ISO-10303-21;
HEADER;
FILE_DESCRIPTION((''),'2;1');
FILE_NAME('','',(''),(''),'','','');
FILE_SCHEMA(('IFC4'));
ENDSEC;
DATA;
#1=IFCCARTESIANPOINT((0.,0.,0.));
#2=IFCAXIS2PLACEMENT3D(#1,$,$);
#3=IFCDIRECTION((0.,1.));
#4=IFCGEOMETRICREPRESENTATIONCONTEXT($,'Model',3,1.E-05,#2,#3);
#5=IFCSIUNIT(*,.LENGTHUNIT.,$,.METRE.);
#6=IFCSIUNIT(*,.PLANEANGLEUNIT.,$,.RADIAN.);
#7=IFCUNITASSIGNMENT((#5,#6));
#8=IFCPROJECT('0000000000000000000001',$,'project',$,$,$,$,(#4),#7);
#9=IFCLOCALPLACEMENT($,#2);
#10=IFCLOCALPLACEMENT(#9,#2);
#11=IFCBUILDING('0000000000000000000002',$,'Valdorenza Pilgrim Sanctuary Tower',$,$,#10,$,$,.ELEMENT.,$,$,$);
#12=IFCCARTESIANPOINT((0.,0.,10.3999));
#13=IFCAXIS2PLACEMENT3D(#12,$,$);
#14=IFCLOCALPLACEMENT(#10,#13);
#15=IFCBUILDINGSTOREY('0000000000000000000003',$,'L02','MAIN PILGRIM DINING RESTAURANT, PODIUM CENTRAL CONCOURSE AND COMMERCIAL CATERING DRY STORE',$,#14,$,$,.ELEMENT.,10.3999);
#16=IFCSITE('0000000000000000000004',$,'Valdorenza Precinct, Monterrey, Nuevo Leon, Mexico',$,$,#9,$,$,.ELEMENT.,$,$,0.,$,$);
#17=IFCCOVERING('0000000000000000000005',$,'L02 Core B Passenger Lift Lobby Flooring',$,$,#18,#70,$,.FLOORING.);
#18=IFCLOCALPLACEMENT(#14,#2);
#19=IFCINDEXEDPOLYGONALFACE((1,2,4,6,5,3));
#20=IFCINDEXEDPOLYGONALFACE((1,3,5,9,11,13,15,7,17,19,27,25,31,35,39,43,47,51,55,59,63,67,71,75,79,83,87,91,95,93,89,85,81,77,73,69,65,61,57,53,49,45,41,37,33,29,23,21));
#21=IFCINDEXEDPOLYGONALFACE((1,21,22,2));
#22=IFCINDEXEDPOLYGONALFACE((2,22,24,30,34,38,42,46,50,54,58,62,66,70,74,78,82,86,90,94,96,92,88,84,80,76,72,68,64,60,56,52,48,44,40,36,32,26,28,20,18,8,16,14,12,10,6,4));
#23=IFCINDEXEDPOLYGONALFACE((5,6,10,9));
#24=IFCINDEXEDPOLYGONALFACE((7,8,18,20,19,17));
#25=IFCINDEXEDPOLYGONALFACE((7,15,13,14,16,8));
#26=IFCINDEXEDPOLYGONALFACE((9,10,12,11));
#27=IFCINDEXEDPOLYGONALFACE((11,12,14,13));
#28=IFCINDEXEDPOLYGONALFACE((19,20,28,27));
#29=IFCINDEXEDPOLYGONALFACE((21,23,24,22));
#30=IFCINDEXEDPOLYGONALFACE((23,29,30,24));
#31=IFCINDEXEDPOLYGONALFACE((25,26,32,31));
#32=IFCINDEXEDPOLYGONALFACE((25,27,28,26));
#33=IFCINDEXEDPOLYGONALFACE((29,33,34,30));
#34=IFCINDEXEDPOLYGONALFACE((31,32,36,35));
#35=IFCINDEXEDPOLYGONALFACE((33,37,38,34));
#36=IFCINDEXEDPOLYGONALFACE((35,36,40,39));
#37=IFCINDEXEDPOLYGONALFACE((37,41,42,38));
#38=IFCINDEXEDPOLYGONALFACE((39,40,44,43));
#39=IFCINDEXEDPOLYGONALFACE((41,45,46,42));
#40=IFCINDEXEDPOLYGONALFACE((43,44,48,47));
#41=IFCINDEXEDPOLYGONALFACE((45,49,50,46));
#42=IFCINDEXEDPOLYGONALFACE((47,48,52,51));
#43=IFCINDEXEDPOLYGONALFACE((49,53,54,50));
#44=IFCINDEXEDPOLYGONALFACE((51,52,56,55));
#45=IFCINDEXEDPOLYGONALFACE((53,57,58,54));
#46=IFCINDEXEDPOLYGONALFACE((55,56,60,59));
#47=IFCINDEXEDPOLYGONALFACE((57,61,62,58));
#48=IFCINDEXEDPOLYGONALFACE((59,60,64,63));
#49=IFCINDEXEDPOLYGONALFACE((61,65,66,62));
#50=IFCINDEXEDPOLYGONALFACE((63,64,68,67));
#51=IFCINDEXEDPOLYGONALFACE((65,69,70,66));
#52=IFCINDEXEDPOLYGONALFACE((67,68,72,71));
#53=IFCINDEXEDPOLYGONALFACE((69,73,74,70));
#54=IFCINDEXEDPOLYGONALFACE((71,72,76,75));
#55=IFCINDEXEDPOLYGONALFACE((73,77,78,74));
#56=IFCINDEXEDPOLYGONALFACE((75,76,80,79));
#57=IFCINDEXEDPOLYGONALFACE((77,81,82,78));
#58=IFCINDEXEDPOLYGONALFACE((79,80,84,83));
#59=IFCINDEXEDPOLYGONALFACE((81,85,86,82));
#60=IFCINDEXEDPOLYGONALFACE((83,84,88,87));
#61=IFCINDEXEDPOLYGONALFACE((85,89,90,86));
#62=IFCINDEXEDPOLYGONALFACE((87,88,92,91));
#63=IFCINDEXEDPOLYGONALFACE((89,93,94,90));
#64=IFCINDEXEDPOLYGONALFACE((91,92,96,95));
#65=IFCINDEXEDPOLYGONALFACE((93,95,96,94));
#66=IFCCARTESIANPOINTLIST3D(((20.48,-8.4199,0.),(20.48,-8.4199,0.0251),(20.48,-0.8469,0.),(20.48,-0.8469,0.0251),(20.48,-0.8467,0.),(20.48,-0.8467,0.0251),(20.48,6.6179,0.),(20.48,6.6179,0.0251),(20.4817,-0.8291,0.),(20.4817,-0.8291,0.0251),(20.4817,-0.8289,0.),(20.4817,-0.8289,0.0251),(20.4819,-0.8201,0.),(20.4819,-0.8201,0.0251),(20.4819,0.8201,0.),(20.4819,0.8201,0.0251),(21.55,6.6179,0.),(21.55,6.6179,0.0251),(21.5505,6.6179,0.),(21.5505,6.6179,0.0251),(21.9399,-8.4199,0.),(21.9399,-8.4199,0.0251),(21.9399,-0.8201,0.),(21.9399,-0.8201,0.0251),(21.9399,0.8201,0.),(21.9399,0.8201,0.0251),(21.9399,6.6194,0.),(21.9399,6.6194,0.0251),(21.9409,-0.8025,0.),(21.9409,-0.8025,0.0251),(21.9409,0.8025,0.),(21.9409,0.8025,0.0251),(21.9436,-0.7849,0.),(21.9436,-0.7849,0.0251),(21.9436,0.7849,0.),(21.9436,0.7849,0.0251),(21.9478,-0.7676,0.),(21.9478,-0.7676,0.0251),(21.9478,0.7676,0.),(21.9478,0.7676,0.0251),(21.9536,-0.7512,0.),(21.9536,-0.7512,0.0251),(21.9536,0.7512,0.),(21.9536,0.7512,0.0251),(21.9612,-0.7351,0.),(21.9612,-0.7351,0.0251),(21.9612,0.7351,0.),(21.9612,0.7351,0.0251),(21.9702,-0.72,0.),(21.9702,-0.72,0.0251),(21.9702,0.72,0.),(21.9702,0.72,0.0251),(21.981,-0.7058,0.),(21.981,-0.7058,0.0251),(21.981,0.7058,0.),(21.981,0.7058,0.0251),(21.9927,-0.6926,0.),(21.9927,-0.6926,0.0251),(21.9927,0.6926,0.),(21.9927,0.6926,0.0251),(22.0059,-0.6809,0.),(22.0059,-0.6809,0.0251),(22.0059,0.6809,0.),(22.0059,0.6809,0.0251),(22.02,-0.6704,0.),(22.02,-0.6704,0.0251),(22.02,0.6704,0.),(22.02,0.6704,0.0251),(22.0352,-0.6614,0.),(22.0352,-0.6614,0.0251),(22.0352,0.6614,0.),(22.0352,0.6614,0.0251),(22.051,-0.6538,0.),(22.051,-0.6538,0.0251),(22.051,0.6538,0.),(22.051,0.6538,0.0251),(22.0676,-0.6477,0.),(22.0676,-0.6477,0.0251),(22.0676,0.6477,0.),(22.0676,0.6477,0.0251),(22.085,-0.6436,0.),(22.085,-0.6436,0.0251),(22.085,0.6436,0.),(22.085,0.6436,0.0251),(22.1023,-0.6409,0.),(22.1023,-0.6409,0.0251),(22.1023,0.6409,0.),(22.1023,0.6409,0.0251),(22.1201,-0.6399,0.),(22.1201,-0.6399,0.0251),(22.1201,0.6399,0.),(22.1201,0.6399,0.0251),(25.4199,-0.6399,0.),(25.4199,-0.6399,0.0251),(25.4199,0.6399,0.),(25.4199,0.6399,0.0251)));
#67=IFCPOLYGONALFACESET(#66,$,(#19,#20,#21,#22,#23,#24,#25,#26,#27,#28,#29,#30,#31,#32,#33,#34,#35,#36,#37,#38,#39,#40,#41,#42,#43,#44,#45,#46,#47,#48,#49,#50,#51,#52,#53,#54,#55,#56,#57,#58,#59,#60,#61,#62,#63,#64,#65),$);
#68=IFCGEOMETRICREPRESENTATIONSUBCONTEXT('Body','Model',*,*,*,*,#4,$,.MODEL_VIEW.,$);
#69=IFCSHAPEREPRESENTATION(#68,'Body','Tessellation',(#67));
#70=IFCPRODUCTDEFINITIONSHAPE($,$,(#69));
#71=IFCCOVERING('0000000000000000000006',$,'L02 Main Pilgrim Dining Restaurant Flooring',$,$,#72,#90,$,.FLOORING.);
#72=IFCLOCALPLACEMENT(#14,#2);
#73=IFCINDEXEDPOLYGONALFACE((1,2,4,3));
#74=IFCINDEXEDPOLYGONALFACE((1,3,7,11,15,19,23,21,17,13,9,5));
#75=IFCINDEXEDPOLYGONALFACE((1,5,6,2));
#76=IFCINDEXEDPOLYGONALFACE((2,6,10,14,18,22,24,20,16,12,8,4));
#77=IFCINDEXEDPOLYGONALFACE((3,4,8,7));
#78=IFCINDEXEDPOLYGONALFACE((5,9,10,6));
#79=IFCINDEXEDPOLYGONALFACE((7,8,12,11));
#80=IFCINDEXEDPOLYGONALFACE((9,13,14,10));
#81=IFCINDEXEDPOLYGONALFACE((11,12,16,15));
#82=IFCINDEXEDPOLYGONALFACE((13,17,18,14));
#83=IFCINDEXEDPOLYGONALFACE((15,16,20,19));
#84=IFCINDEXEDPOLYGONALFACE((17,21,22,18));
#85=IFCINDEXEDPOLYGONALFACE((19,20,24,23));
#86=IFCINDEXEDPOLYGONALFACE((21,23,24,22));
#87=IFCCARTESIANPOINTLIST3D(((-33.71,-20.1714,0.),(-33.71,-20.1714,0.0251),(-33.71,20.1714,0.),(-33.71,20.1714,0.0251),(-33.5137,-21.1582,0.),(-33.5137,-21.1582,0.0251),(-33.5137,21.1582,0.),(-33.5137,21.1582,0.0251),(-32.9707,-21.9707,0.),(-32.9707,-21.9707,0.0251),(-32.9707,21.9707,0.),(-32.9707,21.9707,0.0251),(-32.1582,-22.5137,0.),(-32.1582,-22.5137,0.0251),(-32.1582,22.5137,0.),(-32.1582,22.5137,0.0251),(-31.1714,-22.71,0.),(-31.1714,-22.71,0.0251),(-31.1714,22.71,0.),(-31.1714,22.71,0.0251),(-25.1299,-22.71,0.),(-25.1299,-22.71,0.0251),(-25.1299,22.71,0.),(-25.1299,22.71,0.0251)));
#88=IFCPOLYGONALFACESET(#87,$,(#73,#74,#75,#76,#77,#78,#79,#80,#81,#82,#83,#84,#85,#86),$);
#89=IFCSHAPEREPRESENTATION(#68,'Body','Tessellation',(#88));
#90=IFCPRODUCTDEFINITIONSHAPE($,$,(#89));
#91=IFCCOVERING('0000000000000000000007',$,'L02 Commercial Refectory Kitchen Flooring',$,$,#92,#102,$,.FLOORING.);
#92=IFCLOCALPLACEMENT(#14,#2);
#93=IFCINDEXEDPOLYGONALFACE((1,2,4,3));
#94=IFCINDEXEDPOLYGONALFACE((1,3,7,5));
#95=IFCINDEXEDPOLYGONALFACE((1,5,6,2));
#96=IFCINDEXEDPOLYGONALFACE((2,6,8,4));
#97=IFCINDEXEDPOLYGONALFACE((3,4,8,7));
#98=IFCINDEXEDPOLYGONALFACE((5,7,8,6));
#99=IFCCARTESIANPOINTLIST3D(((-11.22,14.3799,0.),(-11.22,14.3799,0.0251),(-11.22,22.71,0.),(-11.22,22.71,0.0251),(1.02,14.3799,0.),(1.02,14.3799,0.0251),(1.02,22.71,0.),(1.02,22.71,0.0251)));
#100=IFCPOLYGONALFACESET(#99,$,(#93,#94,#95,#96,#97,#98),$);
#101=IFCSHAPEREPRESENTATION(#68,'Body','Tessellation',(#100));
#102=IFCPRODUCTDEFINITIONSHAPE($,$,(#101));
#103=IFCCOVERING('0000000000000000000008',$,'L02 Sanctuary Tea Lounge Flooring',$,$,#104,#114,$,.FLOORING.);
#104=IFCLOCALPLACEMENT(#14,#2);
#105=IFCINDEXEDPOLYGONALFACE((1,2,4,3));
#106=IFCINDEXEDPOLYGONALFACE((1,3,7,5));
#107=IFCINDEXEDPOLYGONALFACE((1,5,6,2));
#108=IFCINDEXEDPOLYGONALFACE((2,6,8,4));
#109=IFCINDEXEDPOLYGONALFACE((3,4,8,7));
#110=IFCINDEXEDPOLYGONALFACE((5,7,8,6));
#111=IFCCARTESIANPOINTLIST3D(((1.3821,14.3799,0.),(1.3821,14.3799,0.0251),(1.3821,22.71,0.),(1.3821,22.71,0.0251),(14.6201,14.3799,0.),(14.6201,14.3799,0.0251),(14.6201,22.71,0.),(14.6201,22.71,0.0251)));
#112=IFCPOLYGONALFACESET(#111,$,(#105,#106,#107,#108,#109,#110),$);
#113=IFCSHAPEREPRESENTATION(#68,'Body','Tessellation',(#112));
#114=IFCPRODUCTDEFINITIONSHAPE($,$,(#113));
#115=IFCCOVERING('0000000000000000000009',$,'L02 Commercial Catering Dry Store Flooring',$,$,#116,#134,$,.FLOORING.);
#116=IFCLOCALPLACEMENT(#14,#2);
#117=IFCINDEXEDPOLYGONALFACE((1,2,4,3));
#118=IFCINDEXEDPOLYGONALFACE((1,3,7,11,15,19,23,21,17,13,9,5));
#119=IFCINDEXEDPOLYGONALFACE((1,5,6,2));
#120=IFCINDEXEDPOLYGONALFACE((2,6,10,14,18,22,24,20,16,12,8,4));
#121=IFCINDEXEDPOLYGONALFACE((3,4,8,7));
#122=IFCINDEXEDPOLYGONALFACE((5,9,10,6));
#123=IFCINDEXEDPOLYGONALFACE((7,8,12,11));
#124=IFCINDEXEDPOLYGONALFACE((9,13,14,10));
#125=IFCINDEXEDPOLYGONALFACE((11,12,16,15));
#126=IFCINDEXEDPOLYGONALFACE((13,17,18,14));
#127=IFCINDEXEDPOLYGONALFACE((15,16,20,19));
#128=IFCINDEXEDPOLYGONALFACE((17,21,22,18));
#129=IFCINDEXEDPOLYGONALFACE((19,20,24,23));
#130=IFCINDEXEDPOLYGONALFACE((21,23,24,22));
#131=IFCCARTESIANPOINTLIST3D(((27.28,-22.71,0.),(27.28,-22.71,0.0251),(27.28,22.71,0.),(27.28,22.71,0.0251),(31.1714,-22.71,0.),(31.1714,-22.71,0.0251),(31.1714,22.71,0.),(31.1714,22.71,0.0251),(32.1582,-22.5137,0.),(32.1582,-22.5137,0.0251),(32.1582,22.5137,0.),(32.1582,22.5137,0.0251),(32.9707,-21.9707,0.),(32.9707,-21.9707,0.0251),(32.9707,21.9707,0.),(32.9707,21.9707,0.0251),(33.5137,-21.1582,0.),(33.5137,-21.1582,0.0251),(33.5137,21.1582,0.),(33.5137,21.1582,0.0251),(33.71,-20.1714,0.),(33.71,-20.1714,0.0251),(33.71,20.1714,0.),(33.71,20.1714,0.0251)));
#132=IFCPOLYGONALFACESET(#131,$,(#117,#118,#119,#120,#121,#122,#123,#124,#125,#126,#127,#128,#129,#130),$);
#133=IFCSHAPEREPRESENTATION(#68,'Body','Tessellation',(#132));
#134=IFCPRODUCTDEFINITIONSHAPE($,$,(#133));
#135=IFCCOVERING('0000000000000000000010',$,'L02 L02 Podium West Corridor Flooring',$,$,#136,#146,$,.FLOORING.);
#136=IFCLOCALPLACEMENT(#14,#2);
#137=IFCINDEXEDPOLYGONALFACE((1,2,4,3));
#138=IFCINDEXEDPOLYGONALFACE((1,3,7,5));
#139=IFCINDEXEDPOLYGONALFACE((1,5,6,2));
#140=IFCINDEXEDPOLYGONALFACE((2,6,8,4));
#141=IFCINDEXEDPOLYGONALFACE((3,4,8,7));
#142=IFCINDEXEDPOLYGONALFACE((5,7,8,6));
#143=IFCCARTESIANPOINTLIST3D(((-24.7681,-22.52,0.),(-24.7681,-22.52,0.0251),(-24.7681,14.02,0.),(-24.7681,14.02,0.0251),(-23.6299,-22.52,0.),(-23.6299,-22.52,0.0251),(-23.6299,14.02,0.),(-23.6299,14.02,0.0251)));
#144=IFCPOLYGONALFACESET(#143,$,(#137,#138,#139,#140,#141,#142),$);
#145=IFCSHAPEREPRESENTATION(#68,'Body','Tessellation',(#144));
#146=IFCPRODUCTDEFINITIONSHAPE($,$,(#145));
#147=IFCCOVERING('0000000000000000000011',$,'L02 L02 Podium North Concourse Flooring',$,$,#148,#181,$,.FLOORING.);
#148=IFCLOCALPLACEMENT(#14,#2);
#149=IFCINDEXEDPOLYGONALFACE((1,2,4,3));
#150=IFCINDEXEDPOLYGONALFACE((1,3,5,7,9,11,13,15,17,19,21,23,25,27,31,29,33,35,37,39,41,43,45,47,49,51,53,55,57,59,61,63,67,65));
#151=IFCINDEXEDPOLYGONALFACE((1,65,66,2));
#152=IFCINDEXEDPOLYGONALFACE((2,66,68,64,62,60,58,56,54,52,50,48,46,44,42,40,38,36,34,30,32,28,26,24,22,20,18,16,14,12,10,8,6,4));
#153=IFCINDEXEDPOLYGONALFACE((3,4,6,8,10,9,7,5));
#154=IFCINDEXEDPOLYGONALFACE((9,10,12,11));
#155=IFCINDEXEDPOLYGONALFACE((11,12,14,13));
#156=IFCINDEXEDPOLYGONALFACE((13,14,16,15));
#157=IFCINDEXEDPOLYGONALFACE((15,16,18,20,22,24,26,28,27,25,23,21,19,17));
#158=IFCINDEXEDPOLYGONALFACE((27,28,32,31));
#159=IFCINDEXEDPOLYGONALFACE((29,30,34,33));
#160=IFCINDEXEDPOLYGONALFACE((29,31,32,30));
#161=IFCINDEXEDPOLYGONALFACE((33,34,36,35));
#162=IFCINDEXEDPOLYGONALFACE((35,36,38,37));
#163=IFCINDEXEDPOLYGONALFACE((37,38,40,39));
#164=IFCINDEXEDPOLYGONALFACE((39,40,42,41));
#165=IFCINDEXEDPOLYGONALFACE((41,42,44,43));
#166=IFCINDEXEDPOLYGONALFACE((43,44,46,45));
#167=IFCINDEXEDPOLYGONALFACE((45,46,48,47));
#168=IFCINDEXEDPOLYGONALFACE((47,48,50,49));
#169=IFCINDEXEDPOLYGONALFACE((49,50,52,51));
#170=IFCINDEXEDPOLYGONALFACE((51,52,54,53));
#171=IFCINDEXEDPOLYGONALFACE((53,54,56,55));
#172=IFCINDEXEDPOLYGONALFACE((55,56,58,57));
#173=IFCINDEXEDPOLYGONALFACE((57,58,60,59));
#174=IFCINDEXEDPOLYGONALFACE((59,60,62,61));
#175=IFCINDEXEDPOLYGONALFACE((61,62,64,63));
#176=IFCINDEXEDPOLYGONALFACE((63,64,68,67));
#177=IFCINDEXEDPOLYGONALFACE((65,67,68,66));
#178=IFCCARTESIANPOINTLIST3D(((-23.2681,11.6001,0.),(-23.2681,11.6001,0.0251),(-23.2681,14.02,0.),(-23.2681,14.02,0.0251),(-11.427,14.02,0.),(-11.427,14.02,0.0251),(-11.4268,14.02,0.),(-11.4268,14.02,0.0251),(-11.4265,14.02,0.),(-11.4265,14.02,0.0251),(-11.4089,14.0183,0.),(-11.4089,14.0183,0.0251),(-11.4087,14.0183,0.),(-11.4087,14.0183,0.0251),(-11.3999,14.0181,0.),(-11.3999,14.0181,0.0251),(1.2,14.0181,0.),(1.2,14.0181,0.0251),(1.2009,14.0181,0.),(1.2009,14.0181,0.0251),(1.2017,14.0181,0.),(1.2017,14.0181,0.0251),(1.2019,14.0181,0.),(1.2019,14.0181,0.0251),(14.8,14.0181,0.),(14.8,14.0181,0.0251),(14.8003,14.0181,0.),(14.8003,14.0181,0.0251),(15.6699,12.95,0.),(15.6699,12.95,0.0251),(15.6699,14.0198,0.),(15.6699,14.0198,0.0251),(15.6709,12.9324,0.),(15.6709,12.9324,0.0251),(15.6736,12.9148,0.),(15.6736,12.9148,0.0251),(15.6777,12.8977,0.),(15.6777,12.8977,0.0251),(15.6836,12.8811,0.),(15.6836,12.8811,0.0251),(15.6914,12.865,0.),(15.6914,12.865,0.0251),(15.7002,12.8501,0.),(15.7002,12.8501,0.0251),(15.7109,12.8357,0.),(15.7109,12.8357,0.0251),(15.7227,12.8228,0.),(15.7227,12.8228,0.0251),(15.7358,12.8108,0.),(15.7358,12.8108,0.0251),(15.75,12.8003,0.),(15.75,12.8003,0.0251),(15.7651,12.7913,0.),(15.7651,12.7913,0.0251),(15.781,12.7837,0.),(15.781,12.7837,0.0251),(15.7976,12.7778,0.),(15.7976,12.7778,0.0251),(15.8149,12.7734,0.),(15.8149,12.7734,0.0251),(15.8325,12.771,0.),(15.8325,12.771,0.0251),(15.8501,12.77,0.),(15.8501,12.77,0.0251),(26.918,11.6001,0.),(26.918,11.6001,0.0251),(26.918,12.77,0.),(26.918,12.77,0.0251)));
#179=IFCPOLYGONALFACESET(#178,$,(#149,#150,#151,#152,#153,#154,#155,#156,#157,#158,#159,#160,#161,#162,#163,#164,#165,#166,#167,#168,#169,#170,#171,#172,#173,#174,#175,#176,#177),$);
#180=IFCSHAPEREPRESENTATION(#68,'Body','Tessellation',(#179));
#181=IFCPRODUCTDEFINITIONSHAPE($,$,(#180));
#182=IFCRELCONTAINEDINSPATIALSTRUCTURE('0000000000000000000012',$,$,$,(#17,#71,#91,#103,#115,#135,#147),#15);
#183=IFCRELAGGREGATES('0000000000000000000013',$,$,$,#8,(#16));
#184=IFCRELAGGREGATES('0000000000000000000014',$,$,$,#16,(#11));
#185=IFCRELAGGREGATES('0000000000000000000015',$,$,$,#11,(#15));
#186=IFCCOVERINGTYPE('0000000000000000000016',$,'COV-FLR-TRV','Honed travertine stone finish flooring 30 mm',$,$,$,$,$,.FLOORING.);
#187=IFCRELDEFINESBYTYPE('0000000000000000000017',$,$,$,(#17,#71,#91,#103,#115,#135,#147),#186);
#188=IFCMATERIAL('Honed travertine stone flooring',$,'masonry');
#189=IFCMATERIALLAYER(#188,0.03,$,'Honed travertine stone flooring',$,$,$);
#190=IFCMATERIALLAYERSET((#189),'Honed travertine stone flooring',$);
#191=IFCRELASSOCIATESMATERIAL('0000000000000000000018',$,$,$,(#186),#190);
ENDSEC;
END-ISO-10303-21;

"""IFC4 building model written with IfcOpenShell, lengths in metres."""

from ifc_helpers import new_model, si_unit, direction, frame, origin, place, context, subcontext, project, spatial, polyline, outline, extrude, material, layer, layer_set, type_object, element, save


model = new_model("IFC4")

# Units and contexts
model_context = context("Model", 3, precision=1e-05, world=origin(), true_north=direction((0.0, 1.0)))
body_context = subcontext(model_context, "Body", "Model", "MODEL_VIEW")
ifc_project = project(units=[si_unit("LENGTHUNIT", "METRE"), si_unit("PLANEANGLEUNIT", "RADIAN")], contexts=[model_context])

# Site, building, storey
site_placement = place(None, origin())
site = spatial("IfcSite", under=ifc_project, at=site_placement, Name="Valdorenza Precinct, Monterrey, Nuevo Leon, Mexico", CompositionType="ELEMENT", RefElevation=0.0)
building_placement = place(site_placement, origin())
building = spatial("IfcBuilding", under=site, at=building_placement, Name="Valdorenza Pilgrim Sanctuary Tower", CompositionType="ELEMENT")
storey_placement = place(building_placement, frame((0.0, 0.0, 10.3999)))
storey = spatial("IfcBuildingStorey", under=building, at=storey_placement, Name="L02", Description="MAIN PILGRIM DINING RESTAURANT, PODIUM CENTRAL CONCOURSE AND COMMERCIAL CATERING DRY STORE", CompositionType="ELEMENT", Elevation=10.3999)

# Coverings
ifc_material_1 = material(Name="Honed travertine stone flooring", Category="masonry")
ifc_layer_1 = layer(ifc_material_1, 0.03, Name="Honed travertine stone flooring")
ifc_layer_set_1 = layer_set([ifc_layer_1], Name="Honed travertine stone flooring")
covering_type_1 = type_object("IfcCoveringType", Name="COV-FLR-TRV", Description="Honed travertine stone finish flooring 30 mm", PredefinedType="FLOORING", material=ifc_layer_set_1)
covering_1_placement = place(storey_placement, origin())
element("IfcCovering", 1, at=covering_1_placement, inside=storey, type_object=covering_type_1, Name="L02 Core B Passenger Lift Lobby Flooring", PredefinedType="FLOORING", context=body_context, shape_type="SweptSolid", body=[
    extrude(outline(polyline([(20.48, 6.6179), (21.55, 6.6179), (21.5505, 6.6179), (21.9399, 6.6194), (21.9399, 0.8201), (21.9409, 0.8025), (21.9436, 0.7849), (21.9478, 0.7676), (21.9536, 0.7512), (21.9612, 0.7351), (21.9702, 0.72), (21.981, 0.7058), (21.9927, 0.6926), (22.0059, 0.6809), (22.02, 0.6704), (22.0352, 0.6614), (22.051, 0.6538), (22.0676, 0.6477), (22.085, 0.6436), (22.1023, 0.6409), (22.1201, 0.6399), (25.4199, 0.6399), (25.4199, -0.6399), (22.1201, -0.6399), (22.1023, -0.6409), (22.085, -0.6436), (22.0676, -0.6477), (22.051, -0.6538), (22.0352, -0.6614), (22.02, -0.6704), (22.0059, -0.6809), (21.9927, -0.6926), (21.981, -0.7058), (21.9702, -0.72), (21.9612, -0.7351), (21.9536, -0.7512), (21.9478, -0.7676), (21.9436, -0.7849), (21.9409, -0.8025), (21.9399, -0.8201), (21.9399, -8.4199), (20.48, -8.4199), (20.48, -0.8469), (20.48, -0.8467), (20.48, -0.8467), (20.4817, -0.8291), (20.4817, -0.8289), (20.4819, -0.8201), (20.4819, 0.8201), (20.48, 6.6179)])), origin(), (0.0, 0.0, 1.0), 0.0251),
])
covering_2_placement = place(storey_placement, origin())
element("IfcCovering", 2, at=covering_2_placement, inside=storey, type_object=covering_type_1, Name="L02 Main Pilgrim Dining Restaurant Flooring", PredefinedType="FLOORING", context=body_context, shape_type="SweptSolid", body=[
    extrude(outline(polyline([(-31.1714, -22.71), (-32.1582, -22.5137), (-32.9707, -21.9707), (-33.5137, -21.1582), (-33.71, -20.1714), (-33.71, 20.1714), (-33.5137, 21.1582), (-32.9707, 21.9707), (-32.1582, 22.5137), (-31.1714, 22.71), (-25.1299, 22.71), (-25.1299, -22.71), (-31.1714, -22.71)])), origin(), (0.0, 0.0, 1.0), 0.0251),
])
covering_3_placement = place(storey_placement, origin())
element("IfcCovering", 3, at=covering_3_placement, inside=storey, type_object=covering_type_1, Name="L02 Commercial Refectory Kitchen Flooring", PredefinedType="FLOORING", context=body_context, shape_type="SweptSolid", body=[
    extrude(outline(polyline([(-11.22, 14.3799), (-11.22, 22.71), (1.02, 22.71), (1.02, 14.3799), (-11.22, 14.3799)])), origin(), (0.0, 0.0, 1.0), 0.0251),
])
covering_4_placement = place(storey_placement, origin())
element("IfcCovering", 4, at=covering_4_placement, inside=storey, type_object=covering_type_1, Name="L02 Sanctuary Tea Lounge Flooring", PredefinedType="FLOORING", context=body_context, shape_type="SweptSolid", body=[
    extrude(outline(polyline([(1.3821, 14.3799), (1.3821, 22.71), (14.6201, 22.71), (14.6201, 14.3799), (1.3821, 14.3799)])), origin(), (0.0, 0.0, 1.0), 0.0251),
])
covering_5_placement = place(storey_placement, origin())
element("IfcCovering", 5, at=covering_5_placement, inside=storey, type_object=covering_type_1, Name="L02 Commercial Catering Dry Store Flooring", PredefinedType="FLOORING", context=body_context, shape_type="SweptSolid", body=[
    extrude(outline(polyline([(31.1714, 22.71), (32.1582, 22.5137), (32.9707, 21.9707), (33.5137, 21.1582), (33.71, 20.1714), (33.71, -20.1714), (33.5137, -21.1582), (32.9707, -21.9707), (32.1582, -22.5137), (31.1714, -22.71), (27.28, -22.71), (27.28, 22.71), (31.1714, 22.71)])), origin(), (0.0, 0.0, 1.0), 0.0251),
])
covering_6_placement = place(storey_placement, origin())
element("IfcCovering", 6, at=covering_6_placement, inside=storey, type_object=covering_type_1, Name="L02 L02 Podium West Corridor Flooring", PredefinedType="FLOORING", context=body_context, shape_type="SweptSolid", body=[
    extrude(outline(polyline([(-23.6299, 14.02), (-23.6299, -22.52), (-24.7681, -22.52), (-24.7681, 14.02), (-23.6299, 14.02)])), origin(), (0.0, 0.0, 1.0), 0.0251),
])
covering_7_placement = place(storey_placement, origin())
element("IfcCovering", 7, at=covering_7_placement, inside=storey, type_object=covering_type_1, Name="L02 L02 Podium North Concourse Flooring", PredefinedType="FLOORING", context=body_context, shape_type="SweptSolid", body=[
    extrude(outline(polyline([(-23.2681, 11.6001), (-23.2681, 14.02), (-11.427, 14.02), (-11.4268, 14.02), (-11.4265, 14.02), (-11.4089, 14.0183), (-11.4087, 14.0183), (-11.3999, 14.0181), (1.2, 14.0181), (1.2009, 14.0181), (1.2017, 14.0181), (1.2019, 14.0181), (14.8, 14.0181), (14.8003, 14.0181), (15.6699, 14.0198), (15.6699, 12.95), (15.6709, 12.9324), (15.6736, 12.9148), (15.6777, 12.8977), (15.6836, 12.8811), (15.6914, 12.865), (15.7002, 12.8501), (15.7109, 12.8357), (15.7227, 12.8228), (15.7358, 12.8108), (15.75, 12.8003), (15.7651, 12.7913), (15.781, 12.7837), (15.7976, 12.7778), (15.8149, 12.7734), (15.8325, 12.771), (15.8501, 12.77), (26.918, 12.77), (26.918, 11.6001), (-23.2681, 11.6001)])), origin(), (0.0, 0.0, 1.0), 0.0251),
])

save(model, "model.ifc")
